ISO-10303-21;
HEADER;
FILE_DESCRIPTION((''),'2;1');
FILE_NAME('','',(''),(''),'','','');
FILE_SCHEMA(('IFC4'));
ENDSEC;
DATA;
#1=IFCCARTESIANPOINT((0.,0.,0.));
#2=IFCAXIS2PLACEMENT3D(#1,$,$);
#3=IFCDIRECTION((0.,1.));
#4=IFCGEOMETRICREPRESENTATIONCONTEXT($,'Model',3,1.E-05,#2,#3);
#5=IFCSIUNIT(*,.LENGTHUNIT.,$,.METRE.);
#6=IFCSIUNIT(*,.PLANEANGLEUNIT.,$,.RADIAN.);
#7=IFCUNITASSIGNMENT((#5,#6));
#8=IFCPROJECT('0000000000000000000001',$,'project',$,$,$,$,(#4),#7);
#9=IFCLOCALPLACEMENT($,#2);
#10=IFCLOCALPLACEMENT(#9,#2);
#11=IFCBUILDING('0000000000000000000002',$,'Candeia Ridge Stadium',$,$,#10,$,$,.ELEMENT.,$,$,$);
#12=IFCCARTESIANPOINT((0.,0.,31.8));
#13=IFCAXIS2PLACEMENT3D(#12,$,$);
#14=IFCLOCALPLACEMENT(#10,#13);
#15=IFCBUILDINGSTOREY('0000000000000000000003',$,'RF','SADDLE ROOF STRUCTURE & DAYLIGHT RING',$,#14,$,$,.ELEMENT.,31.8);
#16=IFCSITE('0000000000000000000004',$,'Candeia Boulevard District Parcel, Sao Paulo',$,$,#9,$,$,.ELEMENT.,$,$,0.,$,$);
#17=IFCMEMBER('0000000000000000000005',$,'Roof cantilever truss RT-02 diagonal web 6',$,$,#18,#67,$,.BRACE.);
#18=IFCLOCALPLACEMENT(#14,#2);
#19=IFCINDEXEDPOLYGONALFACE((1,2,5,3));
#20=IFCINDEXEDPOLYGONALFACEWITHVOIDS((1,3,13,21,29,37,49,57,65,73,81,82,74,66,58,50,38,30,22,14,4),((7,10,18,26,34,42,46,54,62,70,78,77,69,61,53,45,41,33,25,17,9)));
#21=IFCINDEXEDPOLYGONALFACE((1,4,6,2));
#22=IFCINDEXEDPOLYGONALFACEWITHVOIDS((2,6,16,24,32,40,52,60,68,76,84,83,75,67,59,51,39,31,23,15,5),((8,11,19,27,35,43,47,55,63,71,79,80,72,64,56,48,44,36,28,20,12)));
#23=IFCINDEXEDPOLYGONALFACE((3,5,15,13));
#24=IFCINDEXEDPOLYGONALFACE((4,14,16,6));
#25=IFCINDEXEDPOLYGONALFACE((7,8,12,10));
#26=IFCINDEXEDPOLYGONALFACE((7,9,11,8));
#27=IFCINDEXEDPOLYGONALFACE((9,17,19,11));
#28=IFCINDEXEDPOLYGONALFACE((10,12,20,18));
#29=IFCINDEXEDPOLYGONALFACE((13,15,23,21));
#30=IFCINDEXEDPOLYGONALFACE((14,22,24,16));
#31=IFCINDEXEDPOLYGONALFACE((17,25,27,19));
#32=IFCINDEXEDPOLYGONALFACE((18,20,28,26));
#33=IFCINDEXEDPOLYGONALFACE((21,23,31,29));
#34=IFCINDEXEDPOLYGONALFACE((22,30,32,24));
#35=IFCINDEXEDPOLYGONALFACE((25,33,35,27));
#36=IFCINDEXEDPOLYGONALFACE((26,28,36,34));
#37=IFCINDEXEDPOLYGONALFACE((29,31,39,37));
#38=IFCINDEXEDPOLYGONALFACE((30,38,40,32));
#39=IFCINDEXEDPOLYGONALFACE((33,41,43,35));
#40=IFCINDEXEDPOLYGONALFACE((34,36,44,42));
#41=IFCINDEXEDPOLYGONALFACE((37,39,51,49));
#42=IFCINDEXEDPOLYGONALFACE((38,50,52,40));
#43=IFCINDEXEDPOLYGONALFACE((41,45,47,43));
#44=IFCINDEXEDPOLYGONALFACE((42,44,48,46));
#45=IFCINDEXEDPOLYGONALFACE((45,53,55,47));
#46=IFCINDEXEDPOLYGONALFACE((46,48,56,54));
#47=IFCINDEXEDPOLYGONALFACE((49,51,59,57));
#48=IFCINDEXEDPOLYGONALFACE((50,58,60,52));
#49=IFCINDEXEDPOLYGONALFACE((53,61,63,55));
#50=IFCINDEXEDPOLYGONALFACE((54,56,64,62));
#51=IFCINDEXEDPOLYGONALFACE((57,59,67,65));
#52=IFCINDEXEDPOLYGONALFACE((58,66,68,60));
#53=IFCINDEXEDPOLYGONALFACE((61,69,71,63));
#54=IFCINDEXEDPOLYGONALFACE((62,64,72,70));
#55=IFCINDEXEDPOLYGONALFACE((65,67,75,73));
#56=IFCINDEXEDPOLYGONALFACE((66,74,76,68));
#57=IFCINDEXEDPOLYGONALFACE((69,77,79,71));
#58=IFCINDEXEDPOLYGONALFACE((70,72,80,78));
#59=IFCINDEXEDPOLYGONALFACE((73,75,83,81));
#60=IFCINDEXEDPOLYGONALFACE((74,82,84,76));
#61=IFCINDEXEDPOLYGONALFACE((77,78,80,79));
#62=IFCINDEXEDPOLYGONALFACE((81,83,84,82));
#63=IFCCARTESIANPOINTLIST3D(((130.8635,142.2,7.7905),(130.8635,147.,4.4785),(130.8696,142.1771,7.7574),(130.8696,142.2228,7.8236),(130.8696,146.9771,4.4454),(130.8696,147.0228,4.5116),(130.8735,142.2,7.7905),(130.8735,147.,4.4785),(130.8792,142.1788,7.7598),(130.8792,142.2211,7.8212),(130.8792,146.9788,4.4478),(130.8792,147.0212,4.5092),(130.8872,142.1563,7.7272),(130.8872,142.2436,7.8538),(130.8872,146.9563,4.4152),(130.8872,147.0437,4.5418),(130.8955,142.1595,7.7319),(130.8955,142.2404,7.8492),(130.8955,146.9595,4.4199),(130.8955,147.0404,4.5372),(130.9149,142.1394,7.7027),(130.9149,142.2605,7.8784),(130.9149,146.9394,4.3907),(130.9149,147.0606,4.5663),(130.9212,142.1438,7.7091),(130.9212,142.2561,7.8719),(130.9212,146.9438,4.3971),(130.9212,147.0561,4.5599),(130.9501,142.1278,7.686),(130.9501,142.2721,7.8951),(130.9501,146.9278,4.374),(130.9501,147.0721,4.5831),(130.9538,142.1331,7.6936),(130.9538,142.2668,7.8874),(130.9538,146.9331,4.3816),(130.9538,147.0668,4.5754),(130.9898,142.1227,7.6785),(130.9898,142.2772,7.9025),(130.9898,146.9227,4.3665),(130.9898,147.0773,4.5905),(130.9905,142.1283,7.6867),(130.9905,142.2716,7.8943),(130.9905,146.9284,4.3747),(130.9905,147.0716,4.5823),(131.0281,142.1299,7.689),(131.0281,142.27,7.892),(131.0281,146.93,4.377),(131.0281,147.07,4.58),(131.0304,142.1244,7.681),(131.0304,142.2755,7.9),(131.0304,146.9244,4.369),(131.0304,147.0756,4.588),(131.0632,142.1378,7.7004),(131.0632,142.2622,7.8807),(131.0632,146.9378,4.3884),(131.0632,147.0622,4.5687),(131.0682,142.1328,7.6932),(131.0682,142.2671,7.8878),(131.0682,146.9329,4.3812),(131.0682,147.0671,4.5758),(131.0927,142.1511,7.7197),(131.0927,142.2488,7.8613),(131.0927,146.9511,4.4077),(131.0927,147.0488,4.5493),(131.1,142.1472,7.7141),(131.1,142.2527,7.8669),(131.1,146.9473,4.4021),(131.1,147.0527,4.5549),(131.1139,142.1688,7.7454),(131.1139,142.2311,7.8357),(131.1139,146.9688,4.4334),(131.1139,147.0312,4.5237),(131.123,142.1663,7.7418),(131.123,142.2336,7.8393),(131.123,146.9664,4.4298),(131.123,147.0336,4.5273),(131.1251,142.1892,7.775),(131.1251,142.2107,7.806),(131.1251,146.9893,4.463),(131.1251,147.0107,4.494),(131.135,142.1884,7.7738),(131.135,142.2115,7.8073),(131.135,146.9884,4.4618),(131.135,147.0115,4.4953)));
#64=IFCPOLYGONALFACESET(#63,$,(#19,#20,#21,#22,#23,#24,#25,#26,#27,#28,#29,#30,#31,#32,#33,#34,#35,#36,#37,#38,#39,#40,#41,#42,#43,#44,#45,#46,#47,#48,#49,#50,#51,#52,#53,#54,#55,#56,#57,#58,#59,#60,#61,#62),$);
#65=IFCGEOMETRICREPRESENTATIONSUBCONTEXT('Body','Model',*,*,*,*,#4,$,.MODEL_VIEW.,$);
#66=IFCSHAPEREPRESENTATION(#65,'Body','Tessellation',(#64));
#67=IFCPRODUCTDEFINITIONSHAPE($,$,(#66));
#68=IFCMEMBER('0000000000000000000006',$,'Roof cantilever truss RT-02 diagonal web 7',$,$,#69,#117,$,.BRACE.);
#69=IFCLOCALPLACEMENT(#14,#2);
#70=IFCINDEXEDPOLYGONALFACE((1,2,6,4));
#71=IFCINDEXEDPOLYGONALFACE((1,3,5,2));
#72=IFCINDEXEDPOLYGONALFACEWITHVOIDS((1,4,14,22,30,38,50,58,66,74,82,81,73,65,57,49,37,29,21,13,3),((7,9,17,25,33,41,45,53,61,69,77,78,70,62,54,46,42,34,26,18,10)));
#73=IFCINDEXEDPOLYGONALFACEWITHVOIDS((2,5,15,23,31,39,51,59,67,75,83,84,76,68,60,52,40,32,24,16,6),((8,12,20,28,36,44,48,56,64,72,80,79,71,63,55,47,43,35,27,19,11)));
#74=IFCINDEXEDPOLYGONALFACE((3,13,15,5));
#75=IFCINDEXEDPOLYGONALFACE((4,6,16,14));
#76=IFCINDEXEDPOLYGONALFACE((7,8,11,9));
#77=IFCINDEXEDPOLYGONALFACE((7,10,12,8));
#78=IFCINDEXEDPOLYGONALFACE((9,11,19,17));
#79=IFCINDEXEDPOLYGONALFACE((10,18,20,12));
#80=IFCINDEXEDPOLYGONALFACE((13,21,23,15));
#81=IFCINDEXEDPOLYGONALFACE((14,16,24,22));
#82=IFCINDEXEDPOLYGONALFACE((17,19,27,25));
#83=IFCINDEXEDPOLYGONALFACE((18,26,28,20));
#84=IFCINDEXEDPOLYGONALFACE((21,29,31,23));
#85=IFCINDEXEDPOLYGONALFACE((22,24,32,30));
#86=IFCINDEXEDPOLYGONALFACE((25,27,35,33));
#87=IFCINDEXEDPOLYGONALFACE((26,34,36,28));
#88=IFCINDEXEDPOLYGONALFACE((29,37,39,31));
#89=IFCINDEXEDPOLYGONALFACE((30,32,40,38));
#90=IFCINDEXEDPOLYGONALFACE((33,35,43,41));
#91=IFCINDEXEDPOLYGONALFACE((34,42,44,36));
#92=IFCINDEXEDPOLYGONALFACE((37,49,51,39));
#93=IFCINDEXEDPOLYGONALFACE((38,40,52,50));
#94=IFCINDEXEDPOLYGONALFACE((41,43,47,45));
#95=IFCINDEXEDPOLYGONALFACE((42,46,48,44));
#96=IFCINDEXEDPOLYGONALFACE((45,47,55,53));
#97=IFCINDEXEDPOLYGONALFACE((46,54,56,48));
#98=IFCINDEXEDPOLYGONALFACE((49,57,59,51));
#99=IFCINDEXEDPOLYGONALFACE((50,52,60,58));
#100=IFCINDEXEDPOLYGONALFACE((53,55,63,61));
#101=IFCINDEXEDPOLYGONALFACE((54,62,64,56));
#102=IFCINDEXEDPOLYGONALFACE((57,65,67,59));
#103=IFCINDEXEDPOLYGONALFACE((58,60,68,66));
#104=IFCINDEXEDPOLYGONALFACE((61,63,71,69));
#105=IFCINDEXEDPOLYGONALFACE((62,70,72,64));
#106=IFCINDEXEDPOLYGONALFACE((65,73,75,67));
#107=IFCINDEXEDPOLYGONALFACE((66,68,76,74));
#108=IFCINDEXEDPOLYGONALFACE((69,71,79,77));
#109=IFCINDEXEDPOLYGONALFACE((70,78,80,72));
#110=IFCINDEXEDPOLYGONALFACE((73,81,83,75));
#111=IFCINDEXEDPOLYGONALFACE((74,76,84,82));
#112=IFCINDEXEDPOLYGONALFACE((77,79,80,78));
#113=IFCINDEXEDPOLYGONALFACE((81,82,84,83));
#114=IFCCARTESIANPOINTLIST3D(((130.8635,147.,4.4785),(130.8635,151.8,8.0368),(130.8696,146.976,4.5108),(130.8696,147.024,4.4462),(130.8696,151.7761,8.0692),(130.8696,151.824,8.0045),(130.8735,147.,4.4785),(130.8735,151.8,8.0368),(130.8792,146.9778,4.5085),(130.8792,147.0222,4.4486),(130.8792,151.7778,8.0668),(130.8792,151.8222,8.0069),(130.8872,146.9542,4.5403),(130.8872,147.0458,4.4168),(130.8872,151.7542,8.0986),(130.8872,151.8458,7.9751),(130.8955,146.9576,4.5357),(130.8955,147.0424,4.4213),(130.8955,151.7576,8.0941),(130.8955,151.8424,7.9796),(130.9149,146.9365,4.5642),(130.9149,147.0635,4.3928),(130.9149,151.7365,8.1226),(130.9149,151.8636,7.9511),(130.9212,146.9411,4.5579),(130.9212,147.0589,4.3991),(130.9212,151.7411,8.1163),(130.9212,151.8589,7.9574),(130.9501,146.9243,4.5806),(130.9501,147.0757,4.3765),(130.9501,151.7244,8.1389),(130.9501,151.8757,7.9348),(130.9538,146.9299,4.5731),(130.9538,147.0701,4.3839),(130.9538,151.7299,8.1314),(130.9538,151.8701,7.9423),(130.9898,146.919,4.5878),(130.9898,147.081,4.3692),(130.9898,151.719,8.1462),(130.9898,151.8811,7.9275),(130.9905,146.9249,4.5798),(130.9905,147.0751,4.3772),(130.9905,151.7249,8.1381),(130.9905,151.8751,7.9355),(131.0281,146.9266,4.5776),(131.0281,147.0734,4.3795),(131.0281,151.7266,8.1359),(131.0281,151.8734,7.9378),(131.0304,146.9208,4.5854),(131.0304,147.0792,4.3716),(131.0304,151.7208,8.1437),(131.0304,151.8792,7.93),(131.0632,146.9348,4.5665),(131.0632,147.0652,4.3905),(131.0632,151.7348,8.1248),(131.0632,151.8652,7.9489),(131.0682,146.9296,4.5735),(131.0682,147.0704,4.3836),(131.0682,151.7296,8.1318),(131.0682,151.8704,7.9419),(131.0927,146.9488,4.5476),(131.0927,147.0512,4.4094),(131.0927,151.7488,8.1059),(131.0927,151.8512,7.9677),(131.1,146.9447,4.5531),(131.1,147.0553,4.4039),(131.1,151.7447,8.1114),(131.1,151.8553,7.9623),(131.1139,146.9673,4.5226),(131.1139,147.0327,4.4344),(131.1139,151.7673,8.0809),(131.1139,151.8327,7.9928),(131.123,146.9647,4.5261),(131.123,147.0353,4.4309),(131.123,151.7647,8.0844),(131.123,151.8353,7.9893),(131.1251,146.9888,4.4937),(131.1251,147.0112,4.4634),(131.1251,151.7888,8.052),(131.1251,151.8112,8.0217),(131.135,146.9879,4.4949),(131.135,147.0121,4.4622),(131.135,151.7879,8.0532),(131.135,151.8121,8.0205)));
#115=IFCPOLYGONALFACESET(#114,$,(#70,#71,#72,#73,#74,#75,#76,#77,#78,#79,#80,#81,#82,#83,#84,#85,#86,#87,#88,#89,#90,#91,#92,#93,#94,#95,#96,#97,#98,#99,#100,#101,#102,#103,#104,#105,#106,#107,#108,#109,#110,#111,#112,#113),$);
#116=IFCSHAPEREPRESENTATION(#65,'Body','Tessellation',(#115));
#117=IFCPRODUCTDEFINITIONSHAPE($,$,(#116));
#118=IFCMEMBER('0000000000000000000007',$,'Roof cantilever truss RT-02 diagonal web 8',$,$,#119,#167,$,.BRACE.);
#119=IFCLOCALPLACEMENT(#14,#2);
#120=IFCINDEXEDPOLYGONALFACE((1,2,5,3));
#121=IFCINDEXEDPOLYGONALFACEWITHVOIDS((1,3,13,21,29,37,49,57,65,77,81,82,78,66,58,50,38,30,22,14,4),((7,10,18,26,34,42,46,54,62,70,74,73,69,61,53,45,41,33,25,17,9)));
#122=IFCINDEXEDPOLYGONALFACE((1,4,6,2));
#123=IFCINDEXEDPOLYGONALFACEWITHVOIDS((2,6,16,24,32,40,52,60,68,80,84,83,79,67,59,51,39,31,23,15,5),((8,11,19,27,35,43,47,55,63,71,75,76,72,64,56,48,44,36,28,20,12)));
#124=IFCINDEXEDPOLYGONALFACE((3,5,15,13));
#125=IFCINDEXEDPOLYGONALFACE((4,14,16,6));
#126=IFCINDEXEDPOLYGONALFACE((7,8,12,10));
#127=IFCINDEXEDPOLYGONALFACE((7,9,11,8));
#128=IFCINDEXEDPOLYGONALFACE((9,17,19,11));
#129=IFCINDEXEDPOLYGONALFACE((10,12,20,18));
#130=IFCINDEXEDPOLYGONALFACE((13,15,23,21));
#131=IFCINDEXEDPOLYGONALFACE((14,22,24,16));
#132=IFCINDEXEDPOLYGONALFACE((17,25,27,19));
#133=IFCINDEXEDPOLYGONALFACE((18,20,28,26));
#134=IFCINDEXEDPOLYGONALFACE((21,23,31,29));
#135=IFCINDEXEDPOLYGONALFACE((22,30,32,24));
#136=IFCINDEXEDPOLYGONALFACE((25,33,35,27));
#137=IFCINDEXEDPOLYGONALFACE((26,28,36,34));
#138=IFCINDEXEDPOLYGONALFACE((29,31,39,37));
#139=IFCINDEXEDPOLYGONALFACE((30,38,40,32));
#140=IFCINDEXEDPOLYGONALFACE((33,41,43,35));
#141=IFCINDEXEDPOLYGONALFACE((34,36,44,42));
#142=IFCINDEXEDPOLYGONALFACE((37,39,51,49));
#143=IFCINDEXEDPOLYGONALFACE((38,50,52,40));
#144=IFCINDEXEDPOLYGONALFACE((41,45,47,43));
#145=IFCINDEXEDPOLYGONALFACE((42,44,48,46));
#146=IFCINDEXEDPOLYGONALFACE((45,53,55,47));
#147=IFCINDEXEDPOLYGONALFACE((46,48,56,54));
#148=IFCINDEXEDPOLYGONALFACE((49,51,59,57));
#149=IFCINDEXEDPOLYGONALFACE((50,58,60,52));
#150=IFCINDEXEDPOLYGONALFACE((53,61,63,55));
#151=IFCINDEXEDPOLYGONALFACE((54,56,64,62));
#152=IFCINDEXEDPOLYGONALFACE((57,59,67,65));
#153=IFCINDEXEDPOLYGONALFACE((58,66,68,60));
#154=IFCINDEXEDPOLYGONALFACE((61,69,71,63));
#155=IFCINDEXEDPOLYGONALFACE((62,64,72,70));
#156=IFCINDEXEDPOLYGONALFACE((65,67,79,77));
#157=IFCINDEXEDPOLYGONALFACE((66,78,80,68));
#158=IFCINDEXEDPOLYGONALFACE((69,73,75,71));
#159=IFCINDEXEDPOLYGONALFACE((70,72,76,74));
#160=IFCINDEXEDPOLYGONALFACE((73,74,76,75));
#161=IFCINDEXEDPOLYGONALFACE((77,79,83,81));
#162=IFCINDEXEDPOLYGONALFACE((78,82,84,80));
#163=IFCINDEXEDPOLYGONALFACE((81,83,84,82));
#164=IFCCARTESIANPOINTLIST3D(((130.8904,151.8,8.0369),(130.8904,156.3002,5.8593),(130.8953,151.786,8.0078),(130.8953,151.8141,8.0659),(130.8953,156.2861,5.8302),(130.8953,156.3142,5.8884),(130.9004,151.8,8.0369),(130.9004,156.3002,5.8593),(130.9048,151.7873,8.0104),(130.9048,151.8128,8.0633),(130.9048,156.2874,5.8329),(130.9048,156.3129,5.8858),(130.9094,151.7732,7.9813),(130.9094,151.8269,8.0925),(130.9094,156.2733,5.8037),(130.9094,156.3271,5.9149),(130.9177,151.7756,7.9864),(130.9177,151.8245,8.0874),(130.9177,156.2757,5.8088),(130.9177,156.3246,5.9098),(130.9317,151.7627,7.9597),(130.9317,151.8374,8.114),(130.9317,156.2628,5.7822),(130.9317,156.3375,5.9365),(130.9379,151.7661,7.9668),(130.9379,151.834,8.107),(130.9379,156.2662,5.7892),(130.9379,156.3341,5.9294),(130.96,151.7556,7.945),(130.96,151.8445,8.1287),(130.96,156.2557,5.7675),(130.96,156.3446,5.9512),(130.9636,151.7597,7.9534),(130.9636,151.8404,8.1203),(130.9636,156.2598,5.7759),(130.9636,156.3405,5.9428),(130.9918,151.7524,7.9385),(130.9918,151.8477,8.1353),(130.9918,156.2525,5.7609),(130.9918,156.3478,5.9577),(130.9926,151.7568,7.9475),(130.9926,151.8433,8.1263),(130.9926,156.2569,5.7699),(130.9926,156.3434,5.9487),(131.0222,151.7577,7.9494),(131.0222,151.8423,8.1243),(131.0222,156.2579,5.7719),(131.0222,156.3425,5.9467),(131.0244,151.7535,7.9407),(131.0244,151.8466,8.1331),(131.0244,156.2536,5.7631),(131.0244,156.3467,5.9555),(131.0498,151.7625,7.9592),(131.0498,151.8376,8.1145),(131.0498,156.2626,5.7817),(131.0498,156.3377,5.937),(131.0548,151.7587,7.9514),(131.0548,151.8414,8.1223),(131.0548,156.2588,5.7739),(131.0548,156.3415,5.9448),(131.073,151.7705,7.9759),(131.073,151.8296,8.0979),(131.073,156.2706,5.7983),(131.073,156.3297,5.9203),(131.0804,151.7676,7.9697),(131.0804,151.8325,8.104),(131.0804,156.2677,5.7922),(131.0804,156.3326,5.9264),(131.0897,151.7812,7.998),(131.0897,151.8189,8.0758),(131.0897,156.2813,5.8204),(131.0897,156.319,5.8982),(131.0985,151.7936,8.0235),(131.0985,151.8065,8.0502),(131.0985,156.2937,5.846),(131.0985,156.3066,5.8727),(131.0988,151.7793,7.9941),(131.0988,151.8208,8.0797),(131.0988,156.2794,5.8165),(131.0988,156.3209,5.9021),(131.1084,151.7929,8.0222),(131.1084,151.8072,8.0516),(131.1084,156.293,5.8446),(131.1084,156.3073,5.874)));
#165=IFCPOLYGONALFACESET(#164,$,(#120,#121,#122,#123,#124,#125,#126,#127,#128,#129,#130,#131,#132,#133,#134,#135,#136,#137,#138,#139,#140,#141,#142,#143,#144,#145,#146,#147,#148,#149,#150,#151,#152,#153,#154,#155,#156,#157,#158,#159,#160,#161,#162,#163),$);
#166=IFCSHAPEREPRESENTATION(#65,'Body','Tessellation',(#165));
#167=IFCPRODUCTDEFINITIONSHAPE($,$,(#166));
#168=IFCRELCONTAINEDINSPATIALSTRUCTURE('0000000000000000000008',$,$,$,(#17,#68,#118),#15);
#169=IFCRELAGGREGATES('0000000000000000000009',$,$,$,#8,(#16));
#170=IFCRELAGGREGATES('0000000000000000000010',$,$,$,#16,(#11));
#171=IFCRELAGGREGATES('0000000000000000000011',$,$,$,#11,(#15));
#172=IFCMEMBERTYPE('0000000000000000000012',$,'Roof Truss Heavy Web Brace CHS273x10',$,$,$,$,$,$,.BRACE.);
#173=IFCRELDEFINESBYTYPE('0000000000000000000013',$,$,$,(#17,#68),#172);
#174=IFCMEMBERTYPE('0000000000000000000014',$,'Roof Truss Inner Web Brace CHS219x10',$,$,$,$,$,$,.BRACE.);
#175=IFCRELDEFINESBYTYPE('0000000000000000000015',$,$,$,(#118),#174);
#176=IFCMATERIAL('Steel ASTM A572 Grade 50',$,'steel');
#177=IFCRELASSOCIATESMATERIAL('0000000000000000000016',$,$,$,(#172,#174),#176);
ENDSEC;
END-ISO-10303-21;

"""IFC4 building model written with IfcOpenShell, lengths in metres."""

from ifc_helpers import new_model, si_unit, direction, frame, origin, origin_2d, place, context, subcontext, project, spatial, hollow_circle, extrude, material, material_profile, profile_set, type_object, element, save


model = new_model("IFC4")

# Units and contexts
model_context = context("Model", 3, precision=1e-05, world=origin(), true_north=direction((0.0, 1.0)))
body_context = subcontext(model_context, "Body", "Model", "MODEL_VIEW")
ifc_project = project(units=[si_unit("LENGTHUNIT", "METRE"), si_unit("PLANEANGLEUNIT", "RADIAN")], contexts=[model_context])

# Site, building, storey
site_placement = place(None, origin())
site = spatial("IfcSite", under=ifc_project, at=site_placement, Name="Candeia Boulevard District Parcel, Sao Paulo", CompositionType="ELEMENT", RefElevation=0.0)
building_placement = place(site_placement, origin())
building = spatial("IfcBuilding", under=site, at=building_placement, Name="Candeia Ridge Stadium", CompositionType="ELEMENT")
storey_placement = place(building_placement, frame((0.0, 0.0, 31.8)))
storey = spatial("IfcBuildingStorey", under=building, at=storey_placement, Name="RF", Description="SADDLE ROOF STRUCTURE & DAYLIGHT RING", CompositionType="ELEMENT", Elevation=31.8)

# Shared definitions
ifc_material_1 = material(Name="Steel ASTM A572 Grade 50", Category="steel")

# Members
ifc_material_profile_1 = material_profile(ifc_material_1, hollow_circle(Radius=0.1365, WallThickness=0.01, at=origin_2d()), Name="CHS273x10", Category="steel")
ifc_profile_set_1 = profile_set([ifc_material_profile_1], Name="Steel ASTM A572 Grade 50")
member_type_1 = type_object("IfcMemberType", Name="Roof Truss Heavy Web Brace CHS273x10", PredefinedType="BRACE", material=ifc_profile_set_1)
member_1_placement = place(storey_placement, frame((131.0, 142.2, 7.7905), z_axis=(0.0, 0.823082, -0.567923), x_axis=(-1.0, 0.0, 0.0)))
element("IfcMember", 1, at=member_1_placement, inside=storey, type_object=member_type_1, Name="Roof cantilever truss RT-02 diagonal web 6", PredefinedType="BRACE", context=body_context, shape_type="SweptSolid", body=[
    extrude(hollow_circle(Radius=0.1365, WallThickness=0.01, at=origin_2d()), origin(), (0.0, 0.0, 1.0), 5.8318),
])
member_2_placement = place(storey_placement, frame((131.0, 147.0, 4.4785), z_axis=(0.0, 0.803336, 0.595526), x_axis=(-1.0, 0.0, 0.0)))
element("IfcMember", 2, at=member_2_placement, inside=storey, type_object=member_type_1, Name="Roof cantilever truss RT-02 diagonal web 7", PredefinedType="BRACE", context=body_context, shape_type="SweptSolid", body=[
    extrude(hollow_circle(Radius=0.1365, WallThickness=0.01, at=origin_2d()), origin(), (0.0, 0.0, 1.0), 5.9751),
])
ifc_material_profile_2 = material_profile(ifc_material_1, hollow_circle(Radius=0.1096, WallThickness=0.01, at=origin_2d()), Name="CHS219x10", Category="steel")
ifc_profile_set_2 = profile_set([ifc_material_profile_2], Name="Steel ASTM A572 Grade 50")
member_type_2 = type_object("IfcMemberType", Name="Roof Truss Inner Web Brace CHS219x10", PredefinedType="BRACE", material=ifc_profile_set_2)
member_3_placement = place(storey_placement, frame((131.0, 151.8, 8.0369), z_axis=(0.0, 0.900154, -0.435572), x_axis=(-1.0, 0.0, 0.0)))
element("IfcMember", 3, at=member_3_placement, inside=storey, type_object=member_type_2, Name="Roof cantilever truss RT-02 diagonal web 8", PredefinedType="BRACE", context=body_context, shape_type="SweptSolid", body=[
    extrude(hollow_circle(Radius=0.1096, WallThickness=0.01, at=origin_2d()), origin(), (0.0, 0.0, 1.0), 4.9993),
])

save(model, "model.ifc")
